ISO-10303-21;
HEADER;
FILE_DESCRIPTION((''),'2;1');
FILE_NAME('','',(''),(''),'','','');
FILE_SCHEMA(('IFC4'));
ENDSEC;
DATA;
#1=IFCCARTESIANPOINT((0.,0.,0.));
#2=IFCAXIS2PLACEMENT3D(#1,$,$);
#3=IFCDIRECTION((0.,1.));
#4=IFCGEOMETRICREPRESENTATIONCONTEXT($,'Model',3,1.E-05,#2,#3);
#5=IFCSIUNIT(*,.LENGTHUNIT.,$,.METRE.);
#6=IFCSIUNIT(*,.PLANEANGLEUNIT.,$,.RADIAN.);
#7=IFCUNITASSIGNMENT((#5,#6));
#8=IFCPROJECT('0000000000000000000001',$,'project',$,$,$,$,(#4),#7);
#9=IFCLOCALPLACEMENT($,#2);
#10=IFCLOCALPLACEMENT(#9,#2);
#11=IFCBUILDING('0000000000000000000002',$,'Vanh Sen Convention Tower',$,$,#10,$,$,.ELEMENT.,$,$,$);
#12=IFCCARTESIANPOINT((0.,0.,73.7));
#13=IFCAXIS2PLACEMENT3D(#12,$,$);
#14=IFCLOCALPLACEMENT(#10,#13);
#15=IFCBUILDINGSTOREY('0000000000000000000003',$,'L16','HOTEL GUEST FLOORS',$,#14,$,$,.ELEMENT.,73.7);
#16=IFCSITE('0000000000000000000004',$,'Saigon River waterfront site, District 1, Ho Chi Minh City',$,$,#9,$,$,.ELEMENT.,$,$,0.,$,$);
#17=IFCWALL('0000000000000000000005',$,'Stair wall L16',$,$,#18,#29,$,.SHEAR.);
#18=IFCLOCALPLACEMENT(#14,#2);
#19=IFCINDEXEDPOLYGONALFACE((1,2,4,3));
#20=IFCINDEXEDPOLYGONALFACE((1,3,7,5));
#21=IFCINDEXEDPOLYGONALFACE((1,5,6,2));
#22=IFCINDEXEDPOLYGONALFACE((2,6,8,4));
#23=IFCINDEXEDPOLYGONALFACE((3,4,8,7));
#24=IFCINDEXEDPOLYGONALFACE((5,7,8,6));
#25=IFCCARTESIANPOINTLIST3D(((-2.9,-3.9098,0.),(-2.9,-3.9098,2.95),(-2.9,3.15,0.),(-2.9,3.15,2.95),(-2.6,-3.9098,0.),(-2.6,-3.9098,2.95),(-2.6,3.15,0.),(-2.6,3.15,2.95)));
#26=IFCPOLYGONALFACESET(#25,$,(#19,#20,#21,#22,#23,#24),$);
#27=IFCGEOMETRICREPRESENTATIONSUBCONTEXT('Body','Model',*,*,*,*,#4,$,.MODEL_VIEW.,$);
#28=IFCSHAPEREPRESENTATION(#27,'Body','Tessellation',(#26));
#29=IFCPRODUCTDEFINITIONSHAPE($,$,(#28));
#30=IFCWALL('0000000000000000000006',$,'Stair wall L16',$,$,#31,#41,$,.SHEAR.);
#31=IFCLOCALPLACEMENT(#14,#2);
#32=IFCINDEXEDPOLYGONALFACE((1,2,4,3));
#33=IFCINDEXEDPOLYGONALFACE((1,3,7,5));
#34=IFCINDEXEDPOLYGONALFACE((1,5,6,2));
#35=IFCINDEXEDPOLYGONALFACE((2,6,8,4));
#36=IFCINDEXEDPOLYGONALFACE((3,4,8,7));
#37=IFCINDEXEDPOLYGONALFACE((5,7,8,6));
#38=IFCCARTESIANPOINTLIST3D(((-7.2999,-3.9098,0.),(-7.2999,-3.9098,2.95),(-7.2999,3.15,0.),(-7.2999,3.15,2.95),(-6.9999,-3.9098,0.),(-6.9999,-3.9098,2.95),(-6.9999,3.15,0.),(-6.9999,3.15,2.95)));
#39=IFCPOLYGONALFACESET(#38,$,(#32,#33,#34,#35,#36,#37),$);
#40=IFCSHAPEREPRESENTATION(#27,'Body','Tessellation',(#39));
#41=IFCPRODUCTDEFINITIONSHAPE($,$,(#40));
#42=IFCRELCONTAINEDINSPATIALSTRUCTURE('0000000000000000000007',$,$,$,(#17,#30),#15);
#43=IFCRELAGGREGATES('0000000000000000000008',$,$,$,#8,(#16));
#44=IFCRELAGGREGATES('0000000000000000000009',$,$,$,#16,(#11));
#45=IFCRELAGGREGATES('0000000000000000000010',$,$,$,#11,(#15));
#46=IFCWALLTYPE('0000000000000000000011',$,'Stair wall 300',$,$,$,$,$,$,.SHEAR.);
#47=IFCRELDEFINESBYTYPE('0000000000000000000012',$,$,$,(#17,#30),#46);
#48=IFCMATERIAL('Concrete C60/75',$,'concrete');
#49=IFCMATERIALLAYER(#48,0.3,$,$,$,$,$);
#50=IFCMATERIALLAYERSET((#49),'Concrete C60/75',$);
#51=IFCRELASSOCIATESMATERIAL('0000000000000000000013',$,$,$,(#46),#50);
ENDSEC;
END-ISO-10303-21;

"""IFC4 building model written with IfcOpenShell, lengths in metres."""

from ifc_helpers import new_model, si_unit, direction, frame, frame_2d, origin, place, context, subcontext, project, spatial, rectangle, extrude, material, layer, layer_set, type_object, element, save


model = new_model("IFC4")

# Units and contexts
model_context = context("Model", 3, precision=1e-05, world=origin(), true_north=direction((0.0, 1.0)))
body_context = subcontext(model_context, "Body", "Model", "MODEL_VIEW")
ifc_project = project(units=[si_unit("LENGTHUNIT", "METRE"), si_unit("PLANEANGLEUNIT", "RADIAN")], contexts=[model_context])

# Site, building, storey
site_placement = place(None, origin())
site = spatial("IfcSite", under=ifc_project, at=site_placement, Name="Saigon River waterfront site, District 1, Ho Chi Minh City", CompositionType="ELEMENT", RefElevation=0.0)
building_placement = place(site_placement, origin())
building = spatial("IfcBuilding", under=site, at=building_placement, Name="Vanh Sen Convention Tower", CompositionType="ELEMENT")
storey_placement = place(building_placement, frame((0.0, 0.0, 73.7)))
storey = spatial("IfcBuildingStorey", under=building, at=storey_placement, Name="L16", Description="HOTEL GUEST FLOORS", CompositionType="ELEMENT", Elevation=73.7)

# Shared definitions
ifc_material_1 = material(Name="Concrete C60/75", Category="concrete")

# Shared definitions
ifc_layer_1 = layer(ifc_material_1, 0.3)
ifc_layer_set_1 = layer_set([ifc_layer_1], Name="Concrete C60/75")
wall_type_1 = type_object("IfcWallType", Name="Stair wall 300", PredefinedType="SHEAR", material=ifc_layer_set_1)

# Walls
for number, where, z_axis, x_axis, name in (
    (1, (-2.75, 3.1499, 0.0), (0.0, 0.0, 1.0), (0.0, -1.0, 0.0), "Stair wall L16"),
    (2, (-7.1499, 3.1499, 0.0), (0.0, 0.0, 1.0), (0.0, -1.0, 0.0), "Stair wall L16"),
):
    element("IfcWall", number, at=place(storey_placement, frame(where, z_axis=z_axis, x_axis=x_axis)), inside=storey, type_object=wall_type_1, Name=name, PredefinedType="SHEAR", context=body_context, shape_type="SweptSolid", body=[
        extrude(rectangle(XDim=7.0598, YDim=0.3, at=frame_2d((3.5298, 0.0))), origin(), (0.0, 0.0, 1.0), 2.95),
    ])

save(model, "model.ifc")
